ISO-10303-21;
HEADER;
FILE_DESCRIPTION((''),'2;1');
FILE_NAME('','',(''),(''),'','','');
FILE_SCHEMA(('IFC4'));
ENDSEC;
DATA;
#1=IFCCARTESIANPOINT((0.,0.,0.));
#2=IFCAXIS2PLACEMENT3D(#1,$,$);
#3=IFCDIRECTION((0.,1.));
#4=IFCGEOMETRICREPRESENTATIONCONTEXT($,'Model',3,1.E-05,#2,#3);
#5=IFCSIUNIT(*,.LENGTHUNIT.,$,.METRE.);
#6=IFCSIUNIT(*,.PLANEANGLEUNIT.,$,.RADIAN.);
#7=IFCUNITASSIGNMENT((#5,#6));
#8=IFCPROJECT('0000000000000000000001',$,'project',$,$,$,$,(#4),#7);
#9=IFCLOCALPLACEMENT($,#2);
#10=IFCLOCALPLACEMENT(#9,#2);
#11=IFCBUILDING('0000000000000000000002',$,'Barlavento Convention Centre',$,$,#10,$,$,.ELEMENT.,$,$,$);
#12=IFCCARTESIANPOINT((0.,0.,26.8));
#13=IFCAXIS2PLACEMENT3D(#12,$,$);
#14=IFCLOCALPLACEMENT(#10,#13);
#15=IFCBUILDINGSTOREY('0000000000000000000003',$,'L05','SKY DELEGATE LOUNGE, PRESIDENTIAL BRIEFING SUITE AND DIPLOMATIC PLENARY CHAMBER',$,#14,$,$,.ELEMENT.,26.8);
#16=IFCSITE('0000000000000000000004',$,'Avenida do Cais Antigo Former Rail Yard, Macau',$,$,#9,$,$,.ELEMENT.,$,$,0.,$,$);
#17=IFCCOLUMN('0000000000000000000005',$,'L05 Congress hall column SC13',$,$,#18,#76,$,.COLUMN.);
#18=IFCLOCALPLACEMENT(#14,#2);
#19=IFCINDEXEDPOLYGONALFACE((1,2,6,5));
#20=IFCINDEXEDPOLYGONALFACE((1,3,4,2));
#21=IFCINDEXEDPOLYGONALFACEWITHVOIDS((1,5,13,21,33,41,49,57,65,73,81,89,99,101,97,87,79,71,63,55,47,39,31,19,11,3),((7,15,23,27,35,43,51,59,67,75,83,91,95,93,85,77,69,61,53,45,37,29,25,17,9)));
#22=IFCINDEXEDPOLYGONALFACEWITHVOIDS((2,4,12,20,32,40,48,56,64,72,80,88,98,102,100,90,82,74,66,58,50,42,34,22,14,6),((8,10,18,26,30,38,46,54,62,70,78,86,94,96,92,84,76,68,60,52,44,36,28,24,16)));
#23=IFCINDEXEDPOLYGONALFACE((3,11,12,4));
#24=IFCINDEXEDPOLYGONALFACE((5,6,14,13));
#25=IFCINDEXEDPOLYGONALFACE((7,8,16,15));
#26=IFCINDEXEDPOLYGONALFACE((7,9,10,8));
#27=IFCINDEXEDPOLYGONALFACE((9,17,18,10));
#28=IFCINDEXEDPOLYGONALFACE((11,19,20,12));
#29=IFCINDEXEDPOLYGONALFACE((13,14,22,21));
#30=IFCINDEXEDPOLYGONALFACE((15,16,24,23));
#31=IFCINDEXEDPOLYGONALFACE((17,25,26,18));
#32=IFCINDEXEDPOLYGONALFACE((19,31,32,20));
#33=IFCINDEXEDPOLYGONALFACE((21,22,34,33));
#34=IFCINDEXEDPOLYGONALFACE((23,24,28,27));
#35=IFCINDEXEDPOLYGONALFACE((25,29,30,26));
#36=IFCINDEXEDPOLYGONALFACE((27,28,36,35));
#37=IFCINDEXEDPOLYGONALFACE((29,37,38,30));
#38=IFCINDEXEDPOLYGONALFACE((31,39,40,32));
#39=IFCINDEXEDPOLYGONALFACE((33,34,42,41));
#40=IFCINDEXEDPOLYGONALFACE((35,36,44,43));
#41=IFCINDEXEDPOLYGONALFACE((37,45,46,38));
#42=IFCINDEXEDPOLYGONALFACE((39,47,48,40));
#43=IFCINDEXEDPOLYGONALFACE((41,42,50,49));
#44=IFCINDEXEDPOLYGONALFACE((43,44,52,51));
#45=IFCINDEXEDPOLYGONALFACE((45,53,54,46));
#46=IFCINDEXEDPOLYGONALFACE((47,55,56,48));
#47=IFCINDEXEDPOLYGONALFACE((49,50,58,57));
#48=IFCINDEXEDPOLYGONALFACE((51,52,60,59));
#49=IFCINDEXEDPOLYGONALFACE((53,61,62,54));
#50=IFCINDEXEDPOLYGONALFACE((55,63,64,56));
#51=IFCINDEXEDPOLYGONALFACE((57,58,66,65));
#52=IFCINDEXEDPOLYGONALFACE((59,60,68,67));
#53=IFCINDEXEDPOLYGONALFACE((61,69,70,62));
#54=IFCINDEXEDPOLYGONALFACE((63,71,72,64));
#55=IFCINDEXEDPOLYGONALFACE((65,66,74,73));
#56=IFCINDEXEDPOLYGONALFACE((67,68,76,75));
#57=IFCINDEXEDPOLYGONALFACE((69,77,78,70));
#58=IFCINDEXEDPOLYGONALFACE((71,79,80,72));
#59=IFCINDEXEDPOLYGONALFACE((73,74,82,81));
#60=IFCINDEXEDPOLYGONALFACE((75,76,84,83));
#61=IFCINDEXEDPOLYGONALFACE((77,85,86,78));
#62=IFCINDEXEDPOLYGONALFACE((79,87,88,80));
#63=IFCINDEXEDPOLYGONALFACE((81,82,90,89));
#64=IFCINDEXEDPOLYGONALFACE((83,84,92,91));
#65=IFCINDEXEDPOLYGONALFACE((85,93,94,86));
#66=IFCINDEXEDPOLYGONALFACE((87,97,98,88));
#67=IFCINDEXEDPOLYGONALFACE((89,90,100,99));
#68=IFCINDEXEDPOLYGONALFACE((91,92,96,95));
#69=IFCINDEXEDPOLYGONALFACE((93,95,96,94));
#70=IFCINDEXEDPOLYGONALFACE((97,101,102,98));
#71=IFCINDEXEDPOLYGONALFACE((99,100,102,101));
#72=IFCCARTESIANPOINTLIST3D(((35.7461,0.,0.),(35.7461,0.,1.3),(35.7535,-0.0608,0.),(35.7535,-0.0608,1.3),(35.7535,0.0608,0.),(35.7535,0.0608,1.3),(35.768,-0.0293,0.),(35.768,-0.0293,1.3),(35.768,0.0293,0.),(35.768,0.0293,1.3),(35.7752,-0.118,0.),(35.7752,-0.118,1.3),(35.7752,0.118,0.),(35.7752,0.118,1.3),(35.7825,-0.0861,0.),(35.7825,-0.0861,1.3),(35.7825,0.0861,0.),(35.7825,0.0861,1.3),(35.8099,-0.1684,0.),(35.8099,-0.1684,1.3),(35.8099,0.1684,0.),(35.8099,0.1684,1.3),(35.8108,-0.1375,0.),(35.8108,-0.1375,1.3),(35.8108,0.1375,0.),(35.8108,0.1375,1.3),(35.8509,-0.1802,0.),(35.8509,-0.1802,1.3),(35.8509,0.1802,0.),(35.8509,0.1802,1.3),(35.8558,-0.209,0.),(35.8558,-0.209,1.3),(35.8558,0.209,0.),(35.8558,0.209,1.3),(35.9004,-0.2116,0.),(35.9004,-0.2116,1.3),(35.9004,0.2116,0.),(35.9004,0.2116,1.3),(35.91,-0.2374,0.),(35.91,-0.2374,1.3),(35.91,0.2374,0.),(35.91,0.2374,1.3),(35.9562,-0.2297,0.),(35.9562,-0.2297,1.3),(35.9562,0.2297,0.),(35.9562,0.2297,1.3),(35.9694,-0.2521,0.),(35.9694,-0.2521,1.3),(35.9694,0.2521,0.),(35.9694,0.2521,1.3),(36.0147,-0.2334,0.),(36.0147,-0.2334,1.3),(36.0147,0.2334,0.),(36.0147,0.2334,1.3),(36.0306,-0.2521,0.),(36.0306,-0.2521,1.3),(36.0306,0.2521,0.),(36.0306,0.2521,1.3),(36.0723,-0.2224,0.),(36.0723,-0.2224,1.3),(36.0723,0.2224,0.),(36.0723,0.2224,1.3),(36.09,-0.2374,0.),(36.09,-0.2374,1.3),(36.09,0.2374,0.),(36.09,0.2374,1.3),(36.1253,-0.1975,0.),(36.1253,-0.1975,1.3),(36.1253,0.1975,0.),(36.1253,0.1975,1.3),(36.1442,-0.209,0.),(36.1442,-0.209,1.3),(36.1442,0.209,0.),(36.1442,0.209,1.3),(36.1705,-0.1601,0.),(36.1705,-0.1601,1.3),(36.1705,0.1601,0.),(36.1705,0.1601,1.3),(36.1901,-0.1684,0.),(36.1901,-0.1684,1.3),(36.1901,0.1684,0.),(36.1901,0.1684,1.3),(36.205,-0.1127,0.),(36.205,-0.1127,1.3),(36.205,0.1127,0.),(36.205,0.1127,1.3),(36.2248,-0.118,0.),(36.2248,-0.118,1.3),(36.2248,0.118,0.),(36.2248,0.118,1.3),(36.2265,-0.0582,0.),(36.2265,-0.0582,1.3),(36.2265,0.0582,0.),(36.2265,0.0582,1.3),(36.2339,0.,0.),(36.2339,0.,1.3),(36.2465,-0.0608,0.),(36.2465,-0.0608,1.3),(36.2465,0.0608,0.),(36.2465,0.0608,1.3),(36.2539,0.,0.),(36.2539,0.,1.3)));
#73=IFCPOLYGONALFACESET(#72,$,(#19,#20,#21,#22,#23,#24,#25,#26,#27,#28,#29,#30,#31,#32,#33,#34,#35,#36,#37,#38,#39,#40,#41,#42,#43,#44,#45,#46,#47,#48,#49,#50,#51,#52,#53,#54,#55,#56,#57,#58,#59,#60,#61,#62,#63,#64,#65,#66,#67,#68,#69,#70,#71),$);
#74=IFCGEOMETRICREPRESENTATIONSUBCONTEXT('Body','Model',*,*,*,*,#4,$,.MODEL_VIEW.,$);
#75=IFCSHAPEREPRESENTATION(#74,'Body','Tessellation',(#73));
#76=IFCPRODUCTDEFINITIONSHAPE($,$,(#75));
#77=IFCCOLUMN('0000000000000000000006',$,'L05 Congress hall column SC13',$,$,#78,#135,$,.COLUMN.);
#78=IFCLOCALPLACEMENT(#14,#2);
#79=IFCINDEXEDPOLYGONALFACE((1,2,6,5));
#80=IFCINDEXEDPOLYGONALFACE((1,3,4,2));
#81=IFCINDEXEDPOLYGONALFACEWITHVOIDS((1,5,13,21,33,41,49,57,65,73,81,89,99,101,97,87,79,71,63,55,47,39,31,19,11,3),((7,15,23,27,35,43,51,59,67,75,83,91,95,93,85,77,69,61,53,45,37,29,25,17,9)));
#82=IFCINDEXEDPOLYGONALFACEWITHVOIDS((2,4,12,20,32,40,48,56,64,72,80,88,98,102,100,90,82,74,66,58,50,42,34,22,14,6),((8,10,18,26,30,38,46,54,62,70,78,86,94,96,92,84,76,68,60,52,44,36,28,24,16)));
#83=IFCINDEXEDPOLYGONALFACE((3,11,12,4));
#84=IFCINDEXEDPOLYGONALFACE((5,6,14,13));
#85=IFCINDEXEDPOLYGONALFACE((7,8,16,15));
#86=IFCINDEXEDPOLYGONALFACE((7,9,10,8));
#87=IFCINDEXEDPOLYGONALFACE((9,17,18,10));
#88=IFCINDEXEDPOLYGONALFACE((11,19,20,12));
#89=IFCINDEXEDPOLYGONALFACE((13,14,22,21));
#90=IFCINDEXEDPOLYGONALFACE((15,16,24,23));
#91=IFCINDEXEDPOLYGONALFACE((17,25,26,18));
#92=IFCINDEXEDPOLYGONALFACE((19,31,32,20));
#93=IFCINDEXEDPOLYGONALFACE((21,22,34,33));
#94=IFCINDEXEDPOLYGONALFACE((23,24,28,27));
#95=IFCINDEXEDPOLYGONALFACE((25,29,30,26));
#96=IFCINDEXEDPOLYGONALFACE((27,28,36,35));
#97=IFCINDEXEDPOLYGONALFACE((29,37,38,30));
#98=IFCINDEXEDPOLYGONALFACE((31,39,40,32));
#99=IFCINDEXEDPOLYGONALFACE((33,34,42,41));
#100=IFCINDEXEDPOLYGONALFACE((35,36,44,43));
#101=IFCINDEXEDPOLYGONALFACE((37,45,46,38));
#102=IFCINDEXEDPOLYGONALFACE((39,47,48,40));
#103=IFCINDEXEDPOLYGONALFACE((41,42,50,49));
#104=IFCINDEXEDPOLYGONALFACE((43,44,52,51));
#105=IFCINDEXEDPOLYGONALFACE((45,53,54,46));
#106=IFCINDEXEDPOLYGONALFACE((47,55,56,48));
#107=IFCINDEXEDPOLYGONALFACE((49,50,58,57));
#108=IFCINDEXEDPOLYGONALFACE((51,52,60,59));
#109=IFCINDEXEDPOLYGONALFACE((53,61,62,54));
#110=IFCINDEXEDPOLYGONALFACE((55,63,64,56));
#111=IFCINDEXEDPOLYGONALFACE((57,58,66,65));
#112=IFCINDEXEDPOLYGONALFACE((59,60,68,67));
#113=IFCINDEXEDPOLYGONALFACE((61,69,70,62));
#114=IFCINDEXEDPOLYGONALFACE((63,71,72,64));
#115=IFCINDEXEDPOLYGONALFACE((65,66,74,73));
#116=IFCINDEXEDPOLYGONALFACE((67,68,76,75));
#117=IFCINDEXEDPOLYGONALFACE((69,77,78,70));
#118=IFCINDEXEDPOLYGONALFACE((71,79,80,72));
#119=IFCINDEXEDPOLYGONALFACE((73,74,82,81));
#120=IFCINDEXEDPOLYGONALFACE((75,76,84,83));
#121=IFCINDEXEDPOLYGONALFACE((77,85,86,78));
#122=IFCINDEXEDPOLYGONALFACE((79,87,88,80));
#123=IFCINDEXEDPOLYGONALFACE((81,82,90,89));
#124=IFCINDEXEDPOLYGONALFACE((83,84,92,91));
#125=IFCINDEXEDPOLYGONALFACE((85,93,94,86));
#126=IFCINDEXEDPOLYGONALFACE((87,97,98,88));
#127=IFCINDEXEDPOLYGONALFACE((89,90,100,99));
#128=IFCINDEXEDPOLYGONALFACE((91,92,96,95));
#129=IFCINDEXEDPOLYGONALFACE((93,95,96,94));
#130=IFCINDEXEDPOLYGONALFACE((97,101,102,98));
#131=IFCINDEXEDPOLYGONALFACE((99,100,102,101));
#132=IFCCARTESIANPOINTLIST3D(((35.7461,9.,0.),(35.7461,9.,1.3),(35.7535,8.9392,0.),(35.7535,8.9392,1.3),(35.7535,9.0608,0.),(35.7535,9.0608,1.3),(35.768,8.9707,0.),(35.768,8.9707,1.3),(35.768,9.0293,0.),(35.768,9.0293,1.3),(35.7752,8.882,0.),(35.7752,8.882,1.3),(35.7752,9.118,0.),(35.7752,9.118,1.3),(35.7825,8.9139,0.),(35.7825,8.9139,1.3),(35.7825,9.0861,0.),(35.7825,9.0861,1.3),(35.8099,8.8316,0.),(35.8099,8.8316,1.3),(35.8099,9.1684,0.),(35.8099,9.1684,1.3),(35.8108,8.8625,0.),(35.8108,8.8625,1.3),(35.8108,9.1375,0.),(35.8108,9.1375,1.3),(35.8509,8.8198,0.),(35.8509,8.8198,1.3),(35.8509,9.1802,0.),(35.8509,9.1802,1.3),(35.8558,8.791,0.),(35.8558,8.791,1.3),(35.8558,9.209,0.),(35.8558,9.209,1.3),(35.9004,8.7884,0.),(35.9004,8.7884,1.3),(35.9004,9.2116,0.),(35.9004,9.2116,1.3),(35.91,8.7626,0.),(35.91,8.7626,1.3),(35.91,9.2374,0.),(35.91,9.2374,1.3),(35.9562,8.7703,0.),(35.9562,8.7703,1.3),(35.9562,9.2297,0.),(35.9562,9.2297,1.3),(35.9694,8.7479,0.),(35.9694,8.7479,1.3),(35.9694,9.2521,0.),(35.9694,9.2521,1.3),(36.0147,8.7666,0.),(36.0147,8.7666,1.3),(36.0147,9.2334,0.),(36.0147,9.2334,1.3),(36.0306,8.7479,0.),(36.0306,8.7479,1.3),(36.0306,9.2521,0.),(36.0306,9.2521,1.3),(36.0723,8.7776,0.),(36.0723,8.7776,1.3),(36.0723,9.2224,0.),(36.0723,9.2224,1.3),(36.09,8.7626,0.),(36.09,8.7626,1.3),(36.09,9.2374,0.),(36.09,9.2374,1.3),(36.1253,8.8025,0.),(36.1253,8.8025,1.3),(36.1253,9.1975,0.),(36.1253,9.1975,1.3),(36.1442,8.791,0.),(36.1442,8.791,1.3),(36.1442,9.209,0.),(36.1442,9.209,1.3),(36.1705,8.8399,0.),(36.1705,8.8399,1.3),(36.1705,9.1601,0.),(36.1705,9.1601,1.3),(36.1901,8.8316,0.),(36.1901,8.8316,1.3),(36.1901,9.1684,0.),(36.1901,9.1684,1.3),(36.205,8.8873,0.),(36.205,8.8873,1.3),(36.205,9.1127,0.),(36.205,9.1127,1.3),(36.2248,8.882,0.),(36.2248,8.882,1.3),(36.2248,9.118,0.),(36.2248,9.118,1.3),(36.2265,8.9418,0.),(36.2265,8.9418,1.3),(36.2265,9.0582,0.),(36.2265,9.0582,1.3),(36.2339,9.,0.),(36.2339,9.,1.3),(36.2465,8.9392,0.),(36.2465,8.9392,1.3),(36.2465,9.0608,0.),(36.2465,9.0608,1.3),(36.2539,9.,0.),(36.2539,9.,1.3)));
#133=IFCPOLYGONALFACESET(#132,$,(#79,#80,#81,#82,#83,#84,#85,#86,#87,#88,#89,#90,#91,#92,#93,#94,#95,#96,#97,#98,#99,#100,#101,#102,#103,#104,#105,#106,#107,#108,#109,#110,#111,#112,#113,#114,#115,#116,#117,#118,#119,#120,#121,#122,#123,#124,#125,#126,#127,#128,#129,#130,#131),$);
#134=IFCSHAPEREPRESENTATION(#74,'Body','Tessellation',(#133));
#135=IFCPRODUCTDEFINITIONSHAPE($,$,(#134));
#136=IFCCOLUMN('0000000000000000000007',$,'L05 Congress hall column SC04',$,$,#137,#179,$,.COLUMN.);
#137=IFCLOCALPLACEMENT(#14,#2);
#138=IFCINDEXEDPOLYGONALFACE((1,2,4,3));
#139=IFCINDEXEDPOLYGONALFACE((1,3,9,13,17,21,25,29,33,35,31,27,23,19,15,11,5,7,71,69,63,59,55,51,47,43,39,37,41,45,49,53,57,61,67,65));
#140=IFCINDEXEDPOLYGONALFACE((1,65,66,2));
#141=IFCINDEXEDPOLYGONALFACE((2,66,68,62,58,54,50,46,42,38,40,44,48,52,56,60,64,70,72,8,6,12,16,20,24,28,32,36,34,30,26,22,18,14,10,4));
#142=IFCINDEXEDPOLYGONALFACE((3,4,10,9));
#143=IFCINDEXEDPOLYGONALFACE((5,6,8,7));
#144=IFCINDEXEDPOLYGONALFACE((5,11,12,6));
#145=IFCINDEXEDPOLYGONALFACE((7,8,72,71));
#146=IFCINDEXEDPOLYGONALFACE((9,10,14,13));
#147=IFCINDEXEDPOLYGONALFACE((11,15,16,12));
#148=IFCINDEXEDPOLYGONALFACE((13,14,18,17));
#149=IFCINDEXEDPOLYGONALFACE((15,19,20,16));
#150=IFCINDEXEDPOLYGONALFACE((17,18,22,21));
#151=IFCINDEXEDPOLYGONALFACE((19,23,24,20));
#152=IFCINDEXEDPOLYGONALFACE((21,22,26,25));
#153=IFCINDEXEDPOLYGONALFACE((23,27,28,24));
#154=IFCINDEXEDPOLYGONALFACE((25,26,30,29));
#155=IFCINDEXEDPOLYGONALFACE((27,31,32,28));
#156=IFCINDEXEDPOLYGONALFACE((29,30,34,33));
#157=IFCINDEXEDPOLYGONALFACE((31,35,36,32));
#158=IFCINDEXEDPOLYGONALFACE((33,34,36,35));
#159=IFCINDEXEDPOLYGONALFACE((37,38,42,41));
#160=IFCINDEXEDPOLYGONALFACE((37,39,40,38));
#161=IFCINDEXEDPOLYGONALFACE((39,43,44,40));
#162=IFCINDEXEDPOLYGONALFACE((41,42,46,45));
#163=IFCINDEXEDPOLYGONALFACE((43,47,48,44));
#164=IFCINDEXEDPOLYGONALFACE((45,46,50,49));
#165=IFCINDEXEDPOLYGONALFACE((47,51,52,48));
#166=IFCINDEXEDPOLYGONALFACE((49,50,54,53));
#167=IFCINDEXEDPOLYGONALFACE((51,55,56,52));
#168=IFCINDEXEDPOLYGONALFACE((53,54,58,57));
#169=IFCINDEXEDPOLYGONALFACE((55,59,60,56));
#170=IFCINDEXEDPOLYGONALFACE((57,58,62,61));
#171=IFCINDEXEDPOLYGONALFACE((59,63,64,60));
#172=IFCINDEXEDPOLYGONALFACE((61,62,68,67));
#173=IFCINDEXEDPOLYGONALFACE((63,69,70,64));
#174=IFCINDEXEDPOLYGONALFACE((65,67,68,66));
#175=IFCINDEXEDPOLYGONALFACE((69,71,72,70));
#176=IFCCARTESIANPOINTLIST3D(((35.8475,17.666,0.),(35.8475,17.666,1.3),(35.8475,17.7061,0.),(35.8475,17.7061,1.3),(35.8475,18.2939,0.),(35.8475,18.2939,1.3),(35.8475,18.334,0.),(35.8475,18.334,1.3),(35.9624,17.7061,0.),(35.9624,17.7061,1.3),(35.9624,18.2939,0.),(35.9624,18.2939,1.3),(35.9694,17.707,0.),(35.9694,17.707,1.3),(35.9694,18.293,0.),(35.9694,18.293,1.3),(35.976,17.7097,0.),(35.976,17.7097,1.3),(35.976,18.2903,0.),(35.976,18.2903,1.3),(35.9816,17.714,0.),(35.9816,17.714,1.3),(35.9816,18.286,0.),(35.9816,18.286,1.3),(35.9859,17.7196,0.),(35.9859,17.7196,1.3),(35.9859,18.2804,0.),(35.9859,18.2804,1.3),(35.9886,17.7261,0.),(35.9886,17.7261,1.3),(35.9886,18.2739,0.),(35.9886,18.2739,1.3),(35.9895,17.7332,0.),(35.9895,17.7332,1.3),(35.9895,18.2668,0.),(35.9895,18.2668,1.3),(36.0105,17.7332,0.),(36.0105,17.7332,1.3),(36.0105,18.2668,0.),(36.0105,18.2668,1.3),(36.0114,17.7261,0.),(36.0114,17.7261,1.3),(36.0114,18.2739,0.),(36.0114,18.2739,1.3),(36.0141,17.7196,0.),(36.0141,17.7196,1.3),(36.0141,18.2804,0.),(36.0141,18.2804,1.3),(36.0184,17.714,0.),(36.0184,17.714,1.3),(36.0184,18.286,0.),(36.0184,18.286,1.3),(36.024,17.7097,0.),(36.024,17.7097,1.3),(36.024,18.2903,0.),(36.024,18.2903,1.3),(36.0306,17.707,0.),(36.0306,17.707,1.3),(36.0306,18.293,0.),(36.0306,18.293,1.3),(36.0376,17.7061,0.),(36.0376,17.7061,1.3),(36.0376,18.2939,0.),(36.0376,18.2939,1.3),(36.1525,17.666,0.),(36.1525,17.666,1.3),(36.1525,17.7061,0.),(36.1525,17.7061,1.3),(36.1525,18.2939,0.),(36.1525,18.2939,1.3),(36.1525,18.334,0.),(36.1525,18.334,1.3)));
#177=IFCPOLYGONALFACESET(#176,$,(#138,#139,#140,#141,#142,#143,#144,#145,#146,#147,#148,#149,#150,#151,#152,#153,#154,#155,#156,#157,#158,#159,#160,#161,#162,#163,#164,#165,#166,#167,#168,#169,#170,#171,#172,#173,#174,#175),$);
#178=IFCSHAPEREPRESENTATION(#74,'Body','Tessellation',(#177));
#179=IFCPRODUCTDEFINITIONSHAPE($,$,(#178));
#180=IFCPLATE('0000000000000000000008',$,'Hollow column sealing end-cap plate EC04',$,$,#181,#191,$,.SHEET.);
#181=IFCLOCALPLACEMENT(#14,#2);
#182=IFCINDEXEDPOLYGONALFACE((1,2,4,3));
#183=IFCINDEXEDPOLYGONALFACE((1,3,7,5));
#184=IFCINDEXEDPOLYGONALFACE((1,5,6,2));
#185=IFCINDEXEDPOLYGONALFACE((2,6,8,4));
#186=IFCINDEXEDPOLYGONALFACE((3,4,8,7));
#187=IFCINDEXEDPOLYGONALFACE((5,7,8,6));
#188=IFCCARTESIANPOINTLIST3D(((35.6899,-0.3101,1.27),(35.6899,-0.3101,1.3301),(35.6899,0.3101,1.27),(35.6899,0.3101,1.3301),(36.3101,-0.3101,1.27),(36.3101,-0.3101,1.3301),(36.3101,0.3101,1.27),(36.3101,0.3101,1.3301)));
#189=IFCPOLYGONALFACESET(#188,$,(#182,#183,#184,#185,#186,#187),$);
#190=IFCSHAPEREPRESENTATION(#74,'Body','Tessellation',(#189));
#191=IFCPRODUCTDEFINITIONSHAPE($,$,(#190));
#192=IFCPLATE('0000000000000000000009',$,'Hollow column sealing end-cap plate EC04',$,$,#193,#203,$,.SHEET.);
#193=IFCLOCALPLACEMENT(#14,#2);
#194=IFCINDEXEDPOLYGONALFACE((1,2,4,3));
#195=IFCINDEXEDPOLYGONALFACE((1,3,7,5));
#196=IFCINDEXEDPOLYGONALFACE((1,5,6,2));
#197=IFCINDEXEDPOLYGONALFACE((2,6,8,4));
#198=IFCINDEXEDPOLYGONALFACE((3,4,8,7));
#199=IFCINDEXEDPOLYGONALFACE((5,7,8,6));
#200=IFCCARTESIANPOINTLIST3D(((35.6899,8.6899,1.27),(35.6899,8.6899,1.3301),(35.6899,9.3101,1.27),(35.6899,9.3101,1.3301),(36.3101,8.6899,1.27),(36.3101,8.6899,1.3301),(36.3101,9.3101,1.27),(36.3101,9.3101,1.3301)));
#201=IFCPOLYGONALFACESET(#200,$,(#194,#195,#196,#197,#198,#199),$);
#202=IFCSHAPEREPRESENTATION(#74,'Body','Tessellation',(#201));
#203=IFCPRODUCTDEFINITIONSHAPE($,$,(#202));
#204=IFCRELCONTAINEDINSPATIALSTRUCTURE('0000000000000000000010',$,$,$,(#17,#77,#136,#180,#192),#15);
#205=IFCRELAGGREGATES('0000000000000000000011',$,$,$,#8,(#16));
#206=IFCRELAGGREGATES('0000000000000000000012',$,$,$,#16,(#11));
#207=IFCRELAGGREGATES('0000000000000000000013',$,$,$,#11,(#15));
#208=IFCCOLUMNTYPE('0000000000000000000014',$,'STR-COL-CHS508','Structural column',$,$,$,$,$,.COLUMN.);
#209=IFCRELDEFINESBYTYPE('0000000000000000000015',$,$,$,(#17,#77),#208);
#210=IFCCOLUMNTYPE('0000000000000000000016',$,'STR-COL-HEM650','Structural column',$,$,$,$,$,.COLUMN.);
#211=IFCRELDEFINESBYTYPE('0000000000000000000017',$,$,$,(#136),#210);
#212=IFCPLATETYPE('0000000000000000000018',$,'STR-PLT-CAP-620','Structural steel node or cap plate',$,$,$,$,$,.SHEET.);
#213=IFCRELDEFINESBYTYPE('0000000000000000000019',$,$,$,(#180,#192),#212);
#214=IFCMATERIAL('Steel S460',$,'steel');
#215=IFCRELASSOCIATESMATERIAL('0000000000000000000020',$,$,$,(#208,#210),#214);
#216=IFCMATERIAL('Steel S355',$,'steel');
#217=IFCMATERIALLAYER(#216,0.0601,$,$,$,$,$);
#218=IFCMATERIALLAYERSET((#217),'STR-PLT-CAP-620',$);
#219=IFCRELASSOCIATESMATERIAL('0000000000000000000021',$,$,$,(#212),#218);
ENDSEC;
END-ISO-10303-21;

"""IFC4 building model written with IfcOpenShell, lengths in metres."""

from ifc_helpers import new_model, si_unit, direction, frame, origin, origin_2d, place, context, subcontext, project, spatial, rectangle, hollow_circle, i_section, extrude, material, layer, layer_set, material_profile, profile_set, type_object, element, save


model = new_model("IFC4")

# Units and contexts
model_context = context("Model", 3, precision=1e-05, world=origin(), true_north=direction((0.0, 1.0)))
body_context = subcontext(model_context, "Body", "Model", "MODEL_VIEW")
ifc_project = project(units=[si_unit("LENGTHUNIT", "METRE"), si_unit("PLANEANGLEUNIT", "RADIAN")], contexts=[model_context])

# Site, building, storey
site_placement = place(None, origin())
site = spatial("IfcSite", under=ifc_project, at=site_placement, Name="Avenida do Cais Antigo Former Rail Yard, Macau", CompositionType="ELEMENT", RefElevation=0.0)
building_placement = place(site_placement, origin())
building = spatial("IfcBuilding", under=site, at=building_placement, Name="Barlavento Convention Centre", CompositionType="ELEMENT")
storey_placement = place(building_placement, frame((0.0, 0.0, 26.8)))
storey = spatial("IfcBuildingStorey", under=building, at=storey_placement, Name="L05", Description="SKY DELEGATE LOUNGE, PRESIDENTIAL BRIEFING SUITE AND DIPLOMATIC PLENARY CHAMBER", CompositionType="ELEMENT", Elevation=26.8)

# Columns
ifc_material_1 = material(Name="Steel S460", Category="steel")
ifc_material_profile_1 = material_profile(ifc_material_1, hollow_circle(Radius=0.2539, WallThickness=0.02, at=origin_2d()), Name="CHS 508.0x20.0")
ifc_profile_set_1 = profile_set([ifc_material_profile_1], Name="Steel S460")
column_type_1 = type_object("IfcColumnType", Name="STR-COL-CHS508", Description="Structural column", PredefinedType="COLUMN", material=ifc_profile_set_1)
for number, where, z_axis, x_axis, name in (
    (1, (36.0, 0.0, 0.0), (0.0, 0.0, 1.0), (1.0, 0.0, 0.0), "L05 Congress hall column SC13"),
    (2, (36.0, 9.0, 0.0), (0.0, 0.0, 1.0), (1.0, 0.0, 0.0), "L05 Congress hall column SC13"),
):
    element("IfcColumn", number, at=place(storey_placement, frame(where, z_axis=z_axis, x_axis=x_axis)), inside=storey, type_object=column_type_1, Name=name, PredefinedType="COLUMN", context=body_context, shape_type="SweptSolid", body=[
        extrude(hollow_circle(Radius=0.2539, WallThickness=0.02, at=origin_2d()), origin(), (0.0, 0.0, 1.0), 1.3),
    ])
ifc_material_profile_2 = material_profile(ifc_material_1, i_section(OverallWidth=0.3049, OverallDepth=0.668, WebThickness=0.021, FlangeThickness=0.04, FilletRadius=0.0271, at=origin_2d()), Name="HEM 650")
ifc_profile_set_2 = profile_set([ifc_material_profile_2], Name="Steel S460")
column_type_2 = type_object("IfcColumnType", Name="STR-COL-HEM650", Description="Structural column", PredefinedType="COLUMN", material=ifc_profile_set_2)
column_placement = place(storey_placement, frame((36.0, 18.0, 0.0), z_axis=(0.0, 0.0, 1.0), x_axis=(1.0, 0.0, 0.0)))
element("IfcColumn", 3, at=column_placement, inside=storey, type_object=column_type_2, Name="L05 Congress hall column SC04", PredefinedType="COLUMN", context=body_context, shape_type="SweptSolid", body=[
    extrude(i_section(OverallWidth=0.3049, OverallDepth=0.668, WebThickness=0.021, FlangeThickness=0.04, FilletRadius=0.0271, at=origin_2d()), origin(), (0.0, 0.0, 1.0), 1.3),
])

# Plates
ifc_material_2 = material(Name="Steel S355", Category="steel")
ifc_layer_1 = layer(ifc_material_2, 0.0601)
ifc_layer_set_1 = layer_set([ifc_layer_1], Name="STR-PLT-CAP-620")
plate_type = type_object("IfcPlateType", Name="STR-PLT-CAP-620", Description="Structural steel node or cap plate", PredefinedType="SHEET", material=ifc_layer_set_1)
for number, where, z_axis, x_axis, name in (
    (4, (36.0, 0.0, 1.27), (0.0, 0.0, 1.0), (1.0, 0.0, 0.0), "Hollow column sealing end-cap plate EC04"),
    (5, (36.0, 9.0, 1.27), (0.0, 0.0, 1.0), (1.0, 0.0, 0.0), "Hollow column sealing end-cap plate EC04"),
):
    element("IfcPlate", number, at=place(storey_placement, frame(where, z_axis=z_axis, x_axis=x_axis)), inside=storey, type_object=plate_type, Name=name, PredefinedType="SHEET", context=body_context, shape_type="SweptSolid", body=[
        extrude(rectangle(XDim=0.6201, YDim=0.6201, at=origin_2d()), origin(), (0.0, 0.0, 1.0), 0.0601),
    ])

save(model, "model.ifc")
